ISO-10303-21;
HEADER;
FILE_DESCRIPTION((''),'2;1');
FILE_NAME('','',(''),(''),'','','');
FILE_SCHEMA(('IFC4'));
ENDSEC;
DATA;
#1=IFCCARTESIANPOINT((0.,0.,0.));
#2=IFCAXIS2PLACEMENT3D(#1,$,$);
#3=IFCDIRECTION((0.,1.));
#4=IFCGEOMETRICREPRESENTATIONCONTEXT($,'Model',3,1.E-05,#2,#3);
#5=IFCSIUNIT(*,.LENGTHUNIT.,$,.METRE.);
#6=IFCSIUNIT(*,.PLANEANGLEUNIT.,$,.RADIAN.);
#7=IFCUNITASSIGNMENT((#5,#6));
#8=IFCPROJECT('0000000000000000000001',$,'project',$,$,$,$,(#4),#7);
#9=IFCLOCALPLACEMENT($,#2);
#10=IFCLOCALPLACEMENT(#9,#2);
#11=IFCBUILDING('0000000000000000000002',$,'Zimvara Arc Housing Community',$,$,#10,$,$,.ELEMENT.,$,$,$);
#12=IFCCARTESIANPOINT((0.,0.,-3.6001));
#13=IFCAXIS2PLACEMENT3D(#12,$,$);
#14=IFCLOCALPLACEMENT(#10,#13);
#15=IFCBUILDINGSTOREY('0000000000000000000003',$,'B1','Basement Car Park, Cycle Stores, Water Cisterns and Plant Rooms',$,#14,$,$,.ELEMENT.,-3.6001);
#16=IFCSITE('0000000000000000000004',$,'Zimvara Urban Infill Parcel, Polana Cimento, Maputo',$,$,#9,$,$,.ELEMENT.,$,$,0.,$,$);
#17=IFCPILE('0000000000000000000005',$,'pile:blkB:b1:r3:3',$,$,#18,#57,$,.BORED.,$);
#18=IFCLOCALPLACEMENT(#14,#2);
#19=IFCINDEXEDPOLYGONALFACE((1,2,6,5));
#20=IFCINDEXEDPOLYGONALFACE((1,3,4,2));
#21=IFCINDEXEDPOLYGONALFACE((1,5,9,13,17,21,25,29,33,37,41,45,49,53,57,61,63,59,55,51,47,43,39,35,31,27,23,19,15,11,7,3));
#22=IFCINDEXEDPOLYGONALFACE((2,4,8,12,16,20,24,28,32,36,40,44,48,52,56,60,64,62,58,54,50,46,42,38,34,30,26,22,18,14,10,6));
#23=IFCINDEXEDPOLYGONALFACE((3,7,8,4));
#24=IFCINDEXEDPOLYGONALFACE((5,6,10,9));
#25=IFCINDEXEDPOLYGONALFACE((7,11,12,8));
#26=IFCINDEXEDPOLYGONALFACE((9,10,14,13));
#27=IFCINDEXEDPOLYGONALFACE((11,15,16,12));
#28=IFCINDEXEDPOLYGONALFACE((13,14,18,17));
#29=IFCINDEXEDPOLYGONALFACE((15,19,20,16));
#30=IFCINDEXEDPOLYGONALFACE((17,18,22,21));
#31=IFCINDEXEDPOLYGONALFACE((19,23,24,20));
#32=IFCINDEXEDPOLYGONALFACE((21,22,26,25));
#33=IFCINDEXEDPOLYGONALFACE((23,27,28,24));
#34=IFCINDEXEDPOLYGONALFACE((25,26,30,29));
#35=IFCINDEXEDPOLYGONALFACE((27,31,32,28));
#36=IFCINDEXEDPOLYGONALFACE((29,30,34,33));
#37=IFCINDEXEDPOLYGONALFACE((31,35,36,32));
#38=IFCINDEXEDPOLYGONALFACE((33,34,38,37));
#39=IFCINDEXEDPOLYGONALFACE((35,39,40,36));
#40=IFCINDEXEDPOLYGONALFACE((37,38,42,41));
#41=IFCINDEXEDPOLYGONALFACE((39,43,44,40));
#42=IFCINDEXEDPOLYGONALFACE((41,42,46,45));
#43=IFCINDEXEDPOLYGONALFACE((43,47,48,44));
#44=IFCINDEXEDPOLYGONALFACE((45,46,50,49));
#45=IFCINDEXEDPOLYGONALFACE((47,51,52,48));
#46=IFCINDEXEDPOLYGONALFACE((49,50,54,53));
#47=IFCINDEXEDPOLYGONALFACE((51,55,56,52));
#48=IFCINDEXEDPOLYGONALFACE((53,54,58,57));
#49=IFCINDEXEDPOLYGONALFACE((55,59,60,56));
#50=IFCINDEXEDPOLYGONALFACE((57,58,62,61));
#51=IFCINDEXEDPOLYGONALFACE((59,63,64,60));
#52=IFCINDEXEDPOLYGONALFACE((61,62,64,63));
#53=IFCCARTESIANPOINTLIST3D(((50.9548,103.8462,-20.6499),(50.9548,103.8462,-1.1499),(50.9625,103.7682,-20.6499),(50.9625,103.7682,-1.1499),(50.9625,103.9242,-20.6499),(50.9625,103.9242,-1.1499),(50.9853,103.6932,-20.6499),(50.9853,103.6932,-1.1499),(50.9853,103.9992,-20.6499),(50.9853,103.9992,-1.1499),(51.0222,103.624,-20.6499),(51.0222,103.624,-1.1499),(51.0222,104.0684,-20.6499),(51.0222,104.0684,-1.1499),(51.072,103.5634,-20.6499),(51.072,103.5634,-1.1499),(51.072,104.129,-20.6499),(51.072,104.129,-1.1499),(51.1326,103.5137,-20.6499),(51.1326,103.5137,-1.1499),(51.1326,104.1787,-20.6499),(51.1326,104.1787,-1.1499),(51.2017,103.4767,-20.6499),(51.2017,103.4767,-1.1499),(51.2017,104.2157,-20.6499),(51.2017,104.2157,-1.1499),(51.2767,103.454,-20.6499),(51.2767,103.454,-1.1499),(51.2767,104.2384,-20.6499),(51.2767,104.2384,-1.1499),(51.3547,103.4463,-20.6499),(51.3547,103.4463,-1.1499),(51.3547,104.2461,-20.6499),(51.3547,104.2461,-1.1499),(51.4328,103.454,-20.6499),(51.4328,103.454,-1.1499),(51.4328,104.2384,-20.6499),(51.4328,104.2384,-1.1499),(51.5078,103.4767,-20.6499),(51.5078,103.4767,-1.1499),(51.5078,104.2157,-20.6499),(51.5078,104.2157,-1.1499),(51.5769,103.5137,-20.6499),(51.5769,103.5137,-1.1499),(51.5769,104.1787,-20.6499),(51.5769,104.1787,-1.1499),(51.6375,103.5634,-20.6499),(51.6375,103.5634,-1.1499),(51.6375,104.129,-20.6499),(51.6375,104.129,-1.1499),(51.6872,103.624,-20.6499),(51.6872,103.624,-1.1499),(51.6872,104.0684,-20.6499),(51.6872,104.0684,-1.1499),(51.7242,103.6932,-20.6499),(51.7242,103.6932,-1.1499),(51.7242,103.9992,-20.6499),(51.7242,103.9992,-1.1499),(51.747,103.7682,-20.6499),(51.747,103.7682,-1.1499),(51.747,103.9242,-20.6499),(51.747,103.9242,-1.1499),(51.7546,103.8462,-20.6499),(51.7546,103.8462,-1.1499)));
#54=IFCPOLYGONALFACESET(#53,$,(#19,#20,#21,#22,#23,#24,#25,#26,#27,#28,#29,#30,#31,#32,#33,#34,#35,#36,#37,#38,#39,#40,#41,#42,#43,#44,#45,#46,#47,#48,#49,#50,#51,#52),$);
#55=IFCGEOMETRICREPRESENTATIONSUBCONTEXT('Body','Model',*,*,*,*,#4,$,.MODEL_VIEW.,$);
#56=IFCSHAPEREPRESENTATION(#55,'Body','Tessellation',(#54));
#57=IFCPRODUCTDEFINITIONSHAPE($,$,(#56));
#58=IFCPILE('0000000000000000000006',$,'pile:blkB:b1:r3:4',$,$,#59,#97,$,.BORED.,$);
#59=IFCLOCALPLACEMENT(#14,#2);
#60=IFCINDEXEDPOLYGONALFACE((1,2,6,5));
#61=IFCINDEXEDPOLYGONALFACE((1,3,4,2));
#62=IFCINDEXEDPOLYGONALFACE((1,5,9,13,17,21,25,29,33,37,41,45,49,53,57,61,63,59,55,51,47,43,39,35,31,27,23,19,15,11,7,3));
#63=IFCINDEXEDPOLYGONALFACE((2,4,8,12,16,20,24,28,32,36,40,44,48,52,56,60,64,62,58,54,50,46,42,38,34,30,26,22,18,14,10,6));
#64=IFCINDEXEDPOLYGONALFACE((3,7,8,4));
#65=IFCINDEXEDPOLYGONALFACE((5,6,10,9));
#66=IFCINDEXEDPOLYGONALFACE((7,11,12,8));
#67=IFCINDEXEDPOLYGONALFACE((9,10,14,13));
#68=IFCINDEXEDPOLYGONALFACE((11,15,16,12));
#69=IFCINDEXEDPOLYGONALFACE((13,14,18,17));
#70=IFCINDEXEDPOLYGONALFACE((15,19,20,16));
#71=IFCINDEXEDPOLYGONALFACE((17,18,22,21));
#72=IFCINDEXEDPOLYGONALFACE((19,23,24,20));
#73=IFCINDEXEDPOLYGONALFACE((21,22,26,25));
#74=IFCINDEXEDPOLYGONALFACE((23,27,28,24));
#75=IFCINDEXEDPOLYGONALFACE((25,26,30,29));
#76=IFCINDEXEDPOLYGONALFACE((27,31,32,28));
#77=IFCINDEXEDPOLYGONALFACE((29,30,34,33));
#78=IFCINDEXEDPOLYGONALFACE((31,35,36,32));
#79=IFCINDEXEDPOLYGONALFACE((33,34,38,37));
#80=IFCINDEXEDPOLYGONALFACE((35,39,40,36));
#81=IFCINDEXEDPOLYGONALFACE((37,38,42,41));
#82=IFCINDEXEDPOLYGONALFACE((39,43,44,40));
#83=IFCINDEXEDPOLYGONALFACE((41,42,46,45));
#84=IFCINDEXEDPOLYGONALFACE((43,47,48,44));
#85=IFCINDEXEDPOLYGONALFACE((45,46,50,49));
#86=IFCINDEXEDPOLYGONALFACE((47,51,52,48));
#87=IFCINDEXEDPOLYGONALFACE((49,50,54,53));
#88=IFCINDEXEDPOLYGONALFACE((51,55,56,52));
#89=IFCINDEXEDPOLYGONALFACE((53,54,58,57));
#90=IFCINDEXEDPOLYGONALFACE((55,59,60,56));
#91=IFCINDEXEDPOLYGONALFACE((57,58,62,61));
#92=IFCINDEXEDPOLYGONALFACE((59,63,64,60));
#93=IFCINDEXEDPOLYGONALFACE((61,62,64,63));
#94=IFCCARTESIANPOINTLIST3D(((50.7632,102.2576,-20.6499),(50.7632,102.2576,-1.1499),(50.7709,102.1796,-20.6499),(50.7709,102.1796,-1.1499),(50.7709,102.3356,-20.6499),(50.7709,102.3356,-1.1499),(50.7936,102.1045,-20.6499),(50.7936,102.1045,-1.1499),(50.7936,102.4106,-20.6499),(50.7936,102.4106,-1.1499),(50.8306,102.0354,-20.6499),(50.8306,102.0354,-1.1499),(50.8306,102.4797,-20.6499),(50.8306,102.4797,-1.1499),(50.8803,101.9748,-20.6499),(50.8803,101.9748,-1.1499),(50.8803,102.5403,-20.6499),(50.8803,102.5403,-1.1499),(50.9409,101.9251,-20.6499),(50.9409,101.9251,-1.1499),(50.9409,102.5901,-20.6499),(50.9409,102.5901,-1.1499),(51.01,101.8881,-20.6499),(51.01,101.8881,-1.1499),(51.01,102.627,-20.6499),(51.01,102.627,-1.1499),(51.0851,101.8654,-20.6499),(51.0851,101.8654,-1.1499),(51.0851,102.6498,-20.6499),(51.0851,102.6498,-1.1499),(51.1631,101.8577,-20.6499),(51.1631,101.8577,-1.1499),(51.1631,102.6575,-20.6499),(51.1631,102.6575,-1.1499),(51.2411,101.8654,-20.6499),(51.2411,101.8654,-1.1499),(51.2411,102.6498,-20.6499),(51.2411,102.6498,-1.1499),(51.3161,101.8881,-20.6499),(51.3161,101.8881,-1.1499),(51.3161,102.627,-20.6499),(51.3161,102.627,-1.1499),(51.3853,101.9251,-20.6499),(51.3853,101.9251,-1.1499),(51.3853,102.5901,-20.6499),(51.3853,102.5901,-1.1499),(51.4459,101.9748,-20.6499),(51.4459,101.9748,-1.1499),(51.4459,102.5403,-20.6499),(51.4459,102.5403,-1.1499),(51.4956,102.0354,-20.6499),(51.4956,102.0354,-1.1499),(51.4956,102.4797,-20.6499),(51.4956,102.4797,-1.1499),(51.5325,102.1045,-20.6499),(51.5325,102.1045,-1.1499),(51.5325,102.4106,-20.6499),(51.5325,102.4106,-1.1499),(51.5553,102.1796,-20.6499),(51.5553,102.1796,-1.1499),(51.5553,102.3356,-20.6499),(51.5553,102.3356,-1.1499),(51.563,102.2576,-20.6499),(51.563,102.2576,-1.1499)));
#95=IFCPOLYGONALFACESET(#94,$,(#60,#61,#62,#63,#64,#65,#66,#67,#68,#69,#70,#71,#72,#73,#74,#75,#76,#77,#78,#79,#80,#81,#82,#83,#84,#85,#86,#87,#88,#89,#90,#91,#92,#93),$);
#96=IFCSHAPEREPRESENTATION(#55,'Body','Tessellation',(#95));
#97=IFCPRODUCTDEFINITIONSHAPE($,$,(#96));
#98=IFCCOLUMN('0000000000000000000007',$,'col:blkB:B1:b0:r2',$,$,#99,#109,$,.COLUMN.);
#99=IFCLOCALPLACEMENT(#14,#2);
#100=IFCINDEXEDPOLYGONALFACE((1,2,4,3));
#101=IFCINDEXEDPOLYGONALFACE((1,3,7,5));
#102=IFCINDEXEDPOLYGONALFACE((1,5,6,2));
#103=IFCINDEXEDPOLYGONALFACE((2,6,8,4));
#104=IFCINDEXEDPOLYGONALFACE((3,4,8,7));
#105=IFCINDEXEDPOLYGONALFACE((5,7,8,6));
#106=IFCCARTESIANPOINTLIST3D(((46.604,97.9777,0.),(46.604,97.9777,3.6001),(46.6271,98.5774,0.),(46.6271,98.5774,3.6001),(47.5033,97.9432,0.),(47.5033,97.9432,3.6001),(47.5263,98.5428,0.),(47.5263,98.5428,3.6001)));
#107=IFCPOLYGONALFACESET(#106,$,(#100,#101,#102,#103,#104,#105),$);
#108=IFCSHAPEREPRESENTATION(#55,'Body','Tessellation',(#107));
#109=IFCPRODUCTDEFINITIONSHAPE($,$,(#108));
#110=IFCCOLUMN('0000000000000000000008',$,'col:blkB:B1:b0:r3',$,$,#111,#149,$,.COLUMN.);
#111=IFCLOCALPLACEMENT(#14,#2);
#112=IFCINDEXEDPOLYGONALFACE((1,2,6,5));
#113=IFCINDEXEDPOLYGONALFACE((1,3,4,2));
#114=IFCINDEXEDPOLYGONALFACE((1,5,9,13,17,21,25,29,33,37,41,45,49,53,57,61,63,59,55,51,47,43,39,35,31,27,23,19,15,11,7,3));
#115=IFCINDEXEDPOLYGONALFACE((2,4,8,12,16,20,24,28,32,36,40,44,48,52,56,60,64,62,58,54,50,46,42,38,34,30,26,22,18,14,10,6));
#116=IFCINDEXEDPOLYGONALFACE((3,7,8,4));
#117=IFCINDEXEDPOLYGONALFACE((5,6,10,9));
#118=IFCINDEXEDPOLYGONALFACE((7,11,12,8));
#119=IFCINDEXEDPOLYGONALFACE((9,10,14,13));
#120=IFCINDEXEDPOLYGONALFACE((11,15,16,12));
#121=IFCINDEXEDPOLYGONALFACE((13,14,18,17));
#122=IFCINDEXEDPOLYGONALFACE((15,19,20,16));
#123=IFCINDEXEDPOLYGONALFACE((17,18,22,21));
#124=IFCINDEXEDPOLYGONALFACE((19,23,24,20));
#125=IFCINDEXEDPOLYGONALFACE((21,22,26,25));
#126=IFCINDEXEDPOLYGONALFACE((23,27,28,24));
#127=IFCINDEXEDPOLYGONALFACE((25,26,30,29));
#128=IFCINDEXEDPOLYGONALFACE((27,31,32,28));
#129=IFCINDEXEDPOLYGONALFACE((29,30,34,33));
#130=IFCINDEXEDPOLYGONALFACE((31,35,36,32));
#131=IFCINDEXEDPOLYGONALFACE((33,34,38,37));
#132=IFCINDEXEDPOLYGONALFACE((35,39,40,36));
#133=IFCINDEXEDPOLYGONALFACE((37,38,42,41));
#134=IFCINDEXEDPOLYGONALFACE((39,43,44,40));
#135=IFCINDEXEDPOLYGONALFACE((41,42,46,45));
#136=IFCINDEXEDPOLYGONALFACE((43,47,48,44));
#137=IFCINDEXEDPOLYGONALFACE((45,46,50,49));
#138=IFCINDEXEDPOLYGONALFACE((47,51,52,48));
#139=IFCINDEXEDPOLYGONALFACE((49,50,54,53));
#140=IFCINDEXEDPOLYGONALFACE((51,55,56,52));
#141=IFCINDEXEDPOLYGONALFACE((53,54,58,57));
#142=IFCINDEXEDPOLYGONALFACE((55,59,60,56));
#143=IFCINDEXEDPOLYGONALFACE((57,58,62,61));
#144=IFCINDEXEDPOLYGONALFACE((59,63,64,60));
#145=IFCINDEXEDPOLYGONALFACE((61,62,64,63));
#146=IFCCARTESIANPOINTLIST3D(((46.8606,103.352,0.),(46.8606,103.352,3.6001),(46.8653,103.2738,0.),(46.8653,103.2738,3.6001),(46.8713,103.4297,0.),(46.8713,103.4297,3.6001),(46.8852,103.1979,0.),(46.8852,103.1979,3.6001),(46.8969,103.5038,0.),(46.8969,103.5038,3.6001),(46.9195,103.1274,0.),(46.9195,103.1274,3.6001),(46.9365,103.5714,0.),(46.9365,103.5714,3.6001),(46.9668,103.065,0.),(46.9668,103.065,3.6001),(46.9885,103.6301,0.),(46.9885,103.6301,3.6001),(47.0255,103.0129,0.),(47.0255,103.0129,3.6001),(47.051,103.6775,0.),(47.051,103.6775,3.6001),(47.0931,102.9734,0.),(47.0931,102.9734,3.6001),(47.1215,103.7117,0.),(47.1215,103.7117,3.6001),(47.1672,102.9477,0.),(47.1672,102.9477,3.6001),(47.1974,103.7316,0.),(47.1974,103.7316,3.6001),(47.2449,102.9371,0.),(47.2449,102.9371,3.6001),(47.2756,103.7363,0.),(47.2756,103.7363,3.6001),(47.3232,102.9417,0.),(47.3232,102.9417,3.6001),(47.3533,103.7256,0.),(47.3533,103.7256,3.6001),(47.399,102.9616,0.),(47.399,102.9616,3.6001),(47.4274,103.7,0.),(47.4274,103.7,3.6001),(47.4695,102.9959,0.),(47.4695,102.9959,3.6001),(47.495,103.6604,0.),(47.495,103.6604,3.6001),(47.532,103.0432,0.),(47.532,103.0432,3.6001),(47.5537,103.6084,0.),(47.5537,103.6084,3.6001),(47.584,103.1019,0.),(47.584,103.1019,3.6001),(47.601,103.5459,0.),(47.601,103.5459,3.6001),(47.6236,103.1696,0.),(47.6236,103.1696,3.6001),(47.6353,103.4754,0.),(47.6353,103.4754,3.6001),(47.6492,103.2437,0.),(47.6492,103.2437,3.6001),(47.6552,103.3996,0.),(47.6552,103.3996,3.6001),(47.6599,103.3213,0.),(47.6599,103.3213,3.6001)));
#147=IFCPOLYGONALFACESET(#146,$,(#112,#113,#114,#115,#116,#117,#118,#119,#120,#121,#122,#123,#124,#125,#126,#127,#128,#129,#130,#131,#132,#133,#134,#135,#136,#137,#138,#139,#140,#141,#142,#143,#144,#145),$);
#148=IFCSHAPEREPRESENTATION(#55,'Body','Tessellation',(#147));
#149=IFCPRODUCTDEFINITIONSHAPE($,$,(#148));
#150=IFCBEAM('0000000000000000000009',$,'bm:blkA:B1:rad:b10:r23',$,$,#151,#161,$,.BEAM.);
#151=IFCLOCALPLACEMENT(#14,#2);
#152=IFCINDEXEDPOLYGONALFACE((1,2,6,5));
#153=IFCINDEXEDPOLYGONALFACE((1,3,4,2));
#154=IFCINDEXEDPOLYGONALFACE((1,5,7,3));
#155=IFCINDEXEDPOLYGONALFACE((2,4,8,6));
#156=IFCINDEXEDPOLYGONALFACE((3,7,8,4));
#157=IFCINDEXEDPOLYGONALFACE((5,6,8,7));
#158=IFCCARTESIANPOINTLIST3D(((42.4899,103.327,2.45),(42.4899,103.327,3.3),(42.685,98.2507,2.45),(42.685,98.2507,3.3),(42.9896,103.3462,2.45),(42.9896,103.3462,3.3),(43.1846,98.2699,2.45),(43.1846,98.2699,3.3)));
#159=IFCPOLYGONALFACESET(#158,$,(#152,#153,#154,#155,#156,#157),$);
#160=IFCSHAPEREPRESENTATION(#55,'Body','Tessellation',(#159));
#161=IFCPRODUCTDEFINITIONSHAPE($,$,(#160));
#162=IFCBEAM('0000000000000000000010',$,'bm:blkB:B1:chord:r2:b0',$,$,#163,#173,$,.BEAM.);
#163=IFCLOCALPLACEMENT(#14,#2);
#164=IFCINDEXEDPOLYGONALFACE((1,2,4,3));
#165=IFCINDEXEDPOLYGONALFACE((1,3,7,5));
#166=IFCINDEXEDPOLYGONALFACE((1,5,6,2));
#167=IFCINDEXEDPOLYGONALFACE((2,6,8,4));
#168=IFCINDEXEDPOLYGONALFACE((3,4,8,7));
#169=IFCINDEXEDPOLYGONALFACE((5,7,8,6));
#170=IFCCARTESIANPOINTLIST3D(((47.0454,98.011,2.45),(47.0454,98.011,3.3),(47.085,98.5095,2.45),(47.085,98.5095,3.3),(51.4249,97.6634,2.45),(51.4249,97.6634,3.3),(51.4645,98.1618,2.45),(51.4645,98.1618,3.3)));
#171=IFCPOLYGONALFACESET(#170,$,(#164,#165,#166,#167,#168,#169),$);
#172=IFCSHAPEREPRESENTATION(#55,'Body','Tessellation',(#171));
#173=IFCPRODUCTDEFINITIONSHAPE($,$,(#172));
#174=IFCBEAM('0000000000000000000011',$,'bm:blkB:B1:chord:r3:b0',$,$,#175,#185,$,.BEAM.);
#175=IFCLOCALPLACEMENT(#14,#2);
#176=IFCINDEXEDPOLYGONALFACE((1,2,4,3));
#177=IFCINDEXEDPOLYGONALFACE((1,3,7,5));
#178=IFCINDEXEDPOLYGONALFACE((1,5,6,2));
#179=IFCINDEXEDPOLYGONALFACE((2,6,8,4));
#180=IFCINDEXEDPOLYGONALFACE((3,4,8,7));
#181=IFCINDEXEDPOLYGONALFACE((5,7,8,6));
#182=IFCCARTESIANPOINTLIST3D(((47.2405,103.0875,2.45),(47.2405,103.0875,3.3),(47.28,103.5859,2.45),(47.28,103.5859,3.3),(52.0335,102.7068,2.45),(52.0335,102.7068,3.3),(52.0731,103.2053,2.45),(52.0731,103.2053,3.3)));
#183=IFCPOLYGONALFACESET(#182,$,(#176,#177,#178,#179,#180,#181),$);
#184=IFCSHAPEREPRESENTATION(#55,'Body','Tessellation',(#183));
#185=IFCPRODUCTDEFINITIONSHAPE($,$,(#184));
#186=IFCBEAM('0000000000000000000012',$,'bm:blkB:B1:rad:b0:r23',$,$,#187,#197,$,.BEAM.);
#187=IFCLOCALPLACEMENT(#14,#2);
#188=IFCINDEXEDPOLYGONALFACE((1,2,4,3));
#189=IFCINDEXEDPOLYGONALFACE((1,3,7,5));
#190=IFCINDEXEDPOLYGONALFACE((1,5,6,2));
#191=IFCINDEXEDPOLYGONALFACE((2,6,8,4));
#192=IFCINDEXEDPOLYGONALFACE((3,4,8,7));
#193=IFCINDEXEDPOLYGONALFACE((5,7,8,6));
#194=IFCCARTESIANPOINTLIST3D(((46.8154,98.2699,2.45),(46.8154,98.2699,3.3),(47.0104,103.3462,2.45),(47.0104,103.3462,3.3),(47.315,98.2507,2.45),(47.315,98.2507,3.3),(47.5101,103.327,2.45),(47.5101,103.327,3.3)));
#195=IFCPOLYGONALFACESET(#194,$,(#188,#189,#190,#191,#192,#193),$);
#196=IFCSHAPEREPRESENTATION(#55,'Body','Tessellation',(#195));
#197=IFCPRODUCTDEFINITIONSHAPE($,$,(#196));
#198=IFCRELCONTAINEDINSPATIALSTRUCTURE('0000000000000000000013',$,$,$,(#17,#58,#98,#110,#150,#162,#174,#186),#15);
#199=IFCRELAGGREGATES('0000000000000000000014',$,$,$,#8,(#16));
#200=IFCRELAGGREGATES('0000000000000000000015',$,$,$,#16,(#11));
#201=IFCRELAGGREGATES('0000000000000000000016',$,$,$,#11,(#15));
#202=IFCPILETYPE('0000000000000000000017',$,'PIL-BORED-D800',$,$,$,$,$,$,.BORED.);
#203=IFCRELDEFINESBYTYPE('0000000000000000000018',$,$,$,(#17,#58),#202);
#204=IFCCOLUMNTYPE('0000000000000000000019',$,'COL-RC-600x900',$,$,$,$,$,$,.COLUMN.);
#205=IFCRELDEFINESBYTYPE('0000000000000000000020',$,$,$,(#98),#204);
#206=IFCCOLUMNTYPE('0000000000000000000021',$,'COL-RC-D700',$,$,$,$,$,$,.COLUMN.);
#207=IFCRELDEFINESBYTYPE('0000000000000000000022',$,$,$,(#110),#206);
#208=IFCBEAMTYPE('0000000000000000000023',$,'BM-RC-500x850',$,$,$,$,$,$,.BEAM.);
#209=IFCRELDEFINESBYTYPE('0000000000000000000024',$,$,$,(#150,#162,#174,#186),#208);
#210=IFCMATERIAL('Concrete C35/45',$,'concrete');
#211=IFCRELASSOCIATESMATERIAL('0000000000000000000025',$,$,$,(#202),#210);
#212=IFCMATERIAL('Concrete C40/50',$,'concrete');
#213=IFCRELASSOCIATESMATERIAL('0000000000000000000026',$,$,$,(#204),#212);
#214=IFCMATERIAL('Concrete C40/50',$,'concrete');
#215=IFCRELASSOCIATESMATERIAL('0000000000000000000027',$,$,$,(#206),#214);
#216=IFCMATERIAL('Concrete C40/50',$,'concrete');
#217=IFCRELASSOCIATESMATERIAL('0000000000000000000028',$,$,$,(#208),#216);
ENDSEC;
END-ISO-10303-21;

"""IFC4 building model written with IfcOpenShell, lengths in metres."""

from ifc_helpers import new_model, si_unit, direction, frame, origin, origin_2d, place, context, subcontext, project, spatial, rectangle, circle, extrude, material, material_profile, profile_set, type_object, element, save


model = new_model("IFC4")

# Units and contexts
model_context = context("Model", 3, precision=1e-05, world=origin(), true_north=direction((0.0, 1.0)))
body_context = subcontext(model_context, "Body", "Model", "MODEL_VIEW")
ifc_project = project(units=[si_unit("LENGTHUNIT", "METRE"), si_unit("PLANEANGLEUNIT", "RADIAN")], contexts=[model_context])

# Site, building, storey
site_placement = place(None, origin())
site = spatial("IfcSite", under=ifc_project, at=site_placement, Name="Zimvara Urban Infill Parcel, Polana Cimento, Maputo", CompositionType="ELEMENT", RefElevation=0.0)
building_placement = place(site_placement, origin())
building = spatial("IfcBuilding", under=site, at=building_placement, Name="Zimvara Arc Housing Community", CompositionType="ELEMENT")
storey_placement = place(building_placement, frame((0.0, 0.0, -3.6001)))
storey = spatial("IfcBuildingStorey", under=building, at=storey_placement, Name="B1", Description="Basement Car Park, Cycle Stores, Water Cisterns and Plant Rooms", CompositionType="ELEMENT", Elevation=-3.6001)

# Piles
ifc_material_1 = material(Name="Concrete C35/45", Category="concrete")
ifc_material_profile_1 = material_profile(ifc_material_1, circle(Radius=0.3999, at=origin_2d()), Name="PILE D800")
ifc_profile_set_1 = profile_set([ifc_material_profile_1], Name="Concrete C35/45")
pile_type = type_object("IfcPileType", Name="PIL-BORED-D800", PredefinedType="BORED", material=ifc_profile_set_1)
for number, where, z_axis, x_axis, name in (
    (1, (51.3547, 103.8462, -1.1499), (0.0, 0.0, -1.0), (1.0, 0.0, 0.0), "pile:blkB:b1:r3:3"),
    (2, (51.1631, 102.2576, -1.1499), (0.0, 0.0, -1.0), (1.0, 0.0, 0.0), "pile:blkB:b1:r3:4"),
):
    element("IfcPile", number, at=place(storey_placement, frame(where, z_axis=z_axis, x_axis=x_axis)), inside=storey, type_object=pile_type, Name=name, PredefinedType="BORED", context=body_context, shape_type="SweptSolid", body=[
        extrude(circle(Radius=0.3999, at=origin_2d()), origin(), (0.0, 0.0, 1.0), 19.5),
    ])

# Columns
ifc_material_2 = material(Name="Concrete C40/50", Category="concrete")
ifc_material_profile_2 = material_profile(ifc_material_2, rectangle(XDim=0.6001, YDim=0.8999, at=origin_2d()), Name="RC 600x900")
ifc_profile_set_2 = profile_set([ifc_material_profile_2], Name="Concrete C40/50")
column_type_1 = type_object("IfcColumnType", Name="COL-RC-600x900", PredefinedType="COLUMN", material=ifc_profile_set_2)
column_1_placement = place(storey_placement, frame((47.0652, 98.2603, 0.0), z_axis=(0.0, 0.0, 1.0), x_axis=(0.038388, 0.999263, 0.0)))
element("IfcColumn", 3, at=column_1_placement, inside=storey, type_object=column_type_1, Name="col:blkB:B1:b0:r2", PredefinedType="COLUMN", context=body_context, shape_type="SweptSolid", body=[
    extrude(rectangle(XDim=0.6001, YDim=0.8999, at=origin_2d()), origin(), (0.0, 0.0, 1.0), 3.6001),
])
ifc_material_3 = material(Name="Concrete C40/50", Category="concrete")
ifc_material_profile_3 = material_profile(ifc_material_3, circle(Radius=0.3999, at=origin_2d()), Name="RC D800")
ifc_profile_set_3 = profile_set([ifc_material_profile_3], Name="Concrete C40/50")
column_type_2 = type_object("IfcColumnType", Name="COL-RC-D700", PredefinedType="COLUMN", material=ifc_profile_set_3)
column_2_placement = place(storey_placement, frame((47.2603, 103.3367, 0.0), z_axis=(0.0, 0.0, 1.0), x_axis=(0.038388, 0.999263, 0.0)))
element("IfcColumn", 4, at=column_2_placement, inside=storey, type_object=column_type_2, Name="col:blkB:B1:b0:r3", PredefinedType="COLUMN", context=body_context, shape_type="SweptSolid", body=[
    extrude(circle(Radius=0.3999, at=origin_2d()), origin(), (0.0, 0.0, 1.0), 3.6001),
])

# Beams
ifc_material_4 = material(Name="Concrete C40/50", Category="concrete")
ifc_material_profile_4 = material_profile(ifc_material_4, rectangle(XDim=0.5, YDim=0.8501, at=origin_2d()), Name="RC 500x850")
ifc_profile_set_4 = profile_set([ifc_material_profile_4], Name="Concrete C40/50")
beam_type = type_object("IfcBeamType", Name="BM-RC-500x850", PredefinedType="BEAM", material=ifc_profile_set_4)
beam_1_placement = place(storey_placement, frame((42.9348, 98.2603, 2.875), z_axis=(-0.038398, 0.999263, 0.0), x_axis=(-0.999263, -0.038398, 0.0)))
element("IfcBeam", 5, at=beam_1_placement, inside=storey, type_object=beam_type, Name="bm:blkA:B1:rad:b10:r23", PredefinedType="BEAM", context=body_context, shape_type="SweptSolid", body=[
    extrude(rectangle(XDim=0.5, YDim=0.8501, at=origin_2d()), origin(), (0.0, 0.0, 1.0), 5.0801),
])
beam_2_placement = place(storey_placement, frame((47.0652, 98.2603, 2.875), z_axis=(0.996864, -0.079131, 0.0), x_axis=(0.079131, 0.996864, 0.0)))
element("IfcBeam", 6, at=beam_2_placement, inside=storey, type_object=beam_type, Name="bm:blkB:B1:chord:r2:b0", PredefinedType="BEAM", context=body_context, shape_type="SweptSolid", body=[
    extrude(rectangle(XDim=0.5, YDim=0.8501, at=origin_2d()), origin(), (0.0, 0.0, 1.0), 4.3933),
])
beam_3_placement = place(storey_placement, frame((47.2603, 103.3367, 2.875), z_axis=(0.996862, -0.079162, 0.0), x_axis=(0.079162, 0.996862, 0.0)))
element("IfcBeam", 7, at=beam_3_placement, inside=storey, type_object=beam_type, Name="bm:blkB:B1:chord:r3:b0", PredefinedType="BEAM", context=body_context, shape_type="SweptSolid", body=[
    extrude(rectangle(XDim=0.5, YDim=0.8501, at=origin_2d()), origin(), (0.0, 0.0, 1.0), 4.8081),
])
beam_4_placement = place(storey_placement, frame((47.0652, 98.2603, 2.875), z_axis=(0.038398, 0.999263, 0.0), x_axis=(-0.999263, 0.038398, 0.0)))
element("IfcBeam", 8, at=beam_4_placement, inside=storey, type_object=beam_type, Name="bm:blkB:B1:rad:b0:r23", PredefinedType="BEAM", context=body_context, shape_type="SweptSolid", body=[
    extrude(rectangle(XDim=0.5, YDim=0.8501, at=origin_2d()), origin(), (0.0, 0.0, 1.0), 5.0801),
])

save(model, "model.ifc")
